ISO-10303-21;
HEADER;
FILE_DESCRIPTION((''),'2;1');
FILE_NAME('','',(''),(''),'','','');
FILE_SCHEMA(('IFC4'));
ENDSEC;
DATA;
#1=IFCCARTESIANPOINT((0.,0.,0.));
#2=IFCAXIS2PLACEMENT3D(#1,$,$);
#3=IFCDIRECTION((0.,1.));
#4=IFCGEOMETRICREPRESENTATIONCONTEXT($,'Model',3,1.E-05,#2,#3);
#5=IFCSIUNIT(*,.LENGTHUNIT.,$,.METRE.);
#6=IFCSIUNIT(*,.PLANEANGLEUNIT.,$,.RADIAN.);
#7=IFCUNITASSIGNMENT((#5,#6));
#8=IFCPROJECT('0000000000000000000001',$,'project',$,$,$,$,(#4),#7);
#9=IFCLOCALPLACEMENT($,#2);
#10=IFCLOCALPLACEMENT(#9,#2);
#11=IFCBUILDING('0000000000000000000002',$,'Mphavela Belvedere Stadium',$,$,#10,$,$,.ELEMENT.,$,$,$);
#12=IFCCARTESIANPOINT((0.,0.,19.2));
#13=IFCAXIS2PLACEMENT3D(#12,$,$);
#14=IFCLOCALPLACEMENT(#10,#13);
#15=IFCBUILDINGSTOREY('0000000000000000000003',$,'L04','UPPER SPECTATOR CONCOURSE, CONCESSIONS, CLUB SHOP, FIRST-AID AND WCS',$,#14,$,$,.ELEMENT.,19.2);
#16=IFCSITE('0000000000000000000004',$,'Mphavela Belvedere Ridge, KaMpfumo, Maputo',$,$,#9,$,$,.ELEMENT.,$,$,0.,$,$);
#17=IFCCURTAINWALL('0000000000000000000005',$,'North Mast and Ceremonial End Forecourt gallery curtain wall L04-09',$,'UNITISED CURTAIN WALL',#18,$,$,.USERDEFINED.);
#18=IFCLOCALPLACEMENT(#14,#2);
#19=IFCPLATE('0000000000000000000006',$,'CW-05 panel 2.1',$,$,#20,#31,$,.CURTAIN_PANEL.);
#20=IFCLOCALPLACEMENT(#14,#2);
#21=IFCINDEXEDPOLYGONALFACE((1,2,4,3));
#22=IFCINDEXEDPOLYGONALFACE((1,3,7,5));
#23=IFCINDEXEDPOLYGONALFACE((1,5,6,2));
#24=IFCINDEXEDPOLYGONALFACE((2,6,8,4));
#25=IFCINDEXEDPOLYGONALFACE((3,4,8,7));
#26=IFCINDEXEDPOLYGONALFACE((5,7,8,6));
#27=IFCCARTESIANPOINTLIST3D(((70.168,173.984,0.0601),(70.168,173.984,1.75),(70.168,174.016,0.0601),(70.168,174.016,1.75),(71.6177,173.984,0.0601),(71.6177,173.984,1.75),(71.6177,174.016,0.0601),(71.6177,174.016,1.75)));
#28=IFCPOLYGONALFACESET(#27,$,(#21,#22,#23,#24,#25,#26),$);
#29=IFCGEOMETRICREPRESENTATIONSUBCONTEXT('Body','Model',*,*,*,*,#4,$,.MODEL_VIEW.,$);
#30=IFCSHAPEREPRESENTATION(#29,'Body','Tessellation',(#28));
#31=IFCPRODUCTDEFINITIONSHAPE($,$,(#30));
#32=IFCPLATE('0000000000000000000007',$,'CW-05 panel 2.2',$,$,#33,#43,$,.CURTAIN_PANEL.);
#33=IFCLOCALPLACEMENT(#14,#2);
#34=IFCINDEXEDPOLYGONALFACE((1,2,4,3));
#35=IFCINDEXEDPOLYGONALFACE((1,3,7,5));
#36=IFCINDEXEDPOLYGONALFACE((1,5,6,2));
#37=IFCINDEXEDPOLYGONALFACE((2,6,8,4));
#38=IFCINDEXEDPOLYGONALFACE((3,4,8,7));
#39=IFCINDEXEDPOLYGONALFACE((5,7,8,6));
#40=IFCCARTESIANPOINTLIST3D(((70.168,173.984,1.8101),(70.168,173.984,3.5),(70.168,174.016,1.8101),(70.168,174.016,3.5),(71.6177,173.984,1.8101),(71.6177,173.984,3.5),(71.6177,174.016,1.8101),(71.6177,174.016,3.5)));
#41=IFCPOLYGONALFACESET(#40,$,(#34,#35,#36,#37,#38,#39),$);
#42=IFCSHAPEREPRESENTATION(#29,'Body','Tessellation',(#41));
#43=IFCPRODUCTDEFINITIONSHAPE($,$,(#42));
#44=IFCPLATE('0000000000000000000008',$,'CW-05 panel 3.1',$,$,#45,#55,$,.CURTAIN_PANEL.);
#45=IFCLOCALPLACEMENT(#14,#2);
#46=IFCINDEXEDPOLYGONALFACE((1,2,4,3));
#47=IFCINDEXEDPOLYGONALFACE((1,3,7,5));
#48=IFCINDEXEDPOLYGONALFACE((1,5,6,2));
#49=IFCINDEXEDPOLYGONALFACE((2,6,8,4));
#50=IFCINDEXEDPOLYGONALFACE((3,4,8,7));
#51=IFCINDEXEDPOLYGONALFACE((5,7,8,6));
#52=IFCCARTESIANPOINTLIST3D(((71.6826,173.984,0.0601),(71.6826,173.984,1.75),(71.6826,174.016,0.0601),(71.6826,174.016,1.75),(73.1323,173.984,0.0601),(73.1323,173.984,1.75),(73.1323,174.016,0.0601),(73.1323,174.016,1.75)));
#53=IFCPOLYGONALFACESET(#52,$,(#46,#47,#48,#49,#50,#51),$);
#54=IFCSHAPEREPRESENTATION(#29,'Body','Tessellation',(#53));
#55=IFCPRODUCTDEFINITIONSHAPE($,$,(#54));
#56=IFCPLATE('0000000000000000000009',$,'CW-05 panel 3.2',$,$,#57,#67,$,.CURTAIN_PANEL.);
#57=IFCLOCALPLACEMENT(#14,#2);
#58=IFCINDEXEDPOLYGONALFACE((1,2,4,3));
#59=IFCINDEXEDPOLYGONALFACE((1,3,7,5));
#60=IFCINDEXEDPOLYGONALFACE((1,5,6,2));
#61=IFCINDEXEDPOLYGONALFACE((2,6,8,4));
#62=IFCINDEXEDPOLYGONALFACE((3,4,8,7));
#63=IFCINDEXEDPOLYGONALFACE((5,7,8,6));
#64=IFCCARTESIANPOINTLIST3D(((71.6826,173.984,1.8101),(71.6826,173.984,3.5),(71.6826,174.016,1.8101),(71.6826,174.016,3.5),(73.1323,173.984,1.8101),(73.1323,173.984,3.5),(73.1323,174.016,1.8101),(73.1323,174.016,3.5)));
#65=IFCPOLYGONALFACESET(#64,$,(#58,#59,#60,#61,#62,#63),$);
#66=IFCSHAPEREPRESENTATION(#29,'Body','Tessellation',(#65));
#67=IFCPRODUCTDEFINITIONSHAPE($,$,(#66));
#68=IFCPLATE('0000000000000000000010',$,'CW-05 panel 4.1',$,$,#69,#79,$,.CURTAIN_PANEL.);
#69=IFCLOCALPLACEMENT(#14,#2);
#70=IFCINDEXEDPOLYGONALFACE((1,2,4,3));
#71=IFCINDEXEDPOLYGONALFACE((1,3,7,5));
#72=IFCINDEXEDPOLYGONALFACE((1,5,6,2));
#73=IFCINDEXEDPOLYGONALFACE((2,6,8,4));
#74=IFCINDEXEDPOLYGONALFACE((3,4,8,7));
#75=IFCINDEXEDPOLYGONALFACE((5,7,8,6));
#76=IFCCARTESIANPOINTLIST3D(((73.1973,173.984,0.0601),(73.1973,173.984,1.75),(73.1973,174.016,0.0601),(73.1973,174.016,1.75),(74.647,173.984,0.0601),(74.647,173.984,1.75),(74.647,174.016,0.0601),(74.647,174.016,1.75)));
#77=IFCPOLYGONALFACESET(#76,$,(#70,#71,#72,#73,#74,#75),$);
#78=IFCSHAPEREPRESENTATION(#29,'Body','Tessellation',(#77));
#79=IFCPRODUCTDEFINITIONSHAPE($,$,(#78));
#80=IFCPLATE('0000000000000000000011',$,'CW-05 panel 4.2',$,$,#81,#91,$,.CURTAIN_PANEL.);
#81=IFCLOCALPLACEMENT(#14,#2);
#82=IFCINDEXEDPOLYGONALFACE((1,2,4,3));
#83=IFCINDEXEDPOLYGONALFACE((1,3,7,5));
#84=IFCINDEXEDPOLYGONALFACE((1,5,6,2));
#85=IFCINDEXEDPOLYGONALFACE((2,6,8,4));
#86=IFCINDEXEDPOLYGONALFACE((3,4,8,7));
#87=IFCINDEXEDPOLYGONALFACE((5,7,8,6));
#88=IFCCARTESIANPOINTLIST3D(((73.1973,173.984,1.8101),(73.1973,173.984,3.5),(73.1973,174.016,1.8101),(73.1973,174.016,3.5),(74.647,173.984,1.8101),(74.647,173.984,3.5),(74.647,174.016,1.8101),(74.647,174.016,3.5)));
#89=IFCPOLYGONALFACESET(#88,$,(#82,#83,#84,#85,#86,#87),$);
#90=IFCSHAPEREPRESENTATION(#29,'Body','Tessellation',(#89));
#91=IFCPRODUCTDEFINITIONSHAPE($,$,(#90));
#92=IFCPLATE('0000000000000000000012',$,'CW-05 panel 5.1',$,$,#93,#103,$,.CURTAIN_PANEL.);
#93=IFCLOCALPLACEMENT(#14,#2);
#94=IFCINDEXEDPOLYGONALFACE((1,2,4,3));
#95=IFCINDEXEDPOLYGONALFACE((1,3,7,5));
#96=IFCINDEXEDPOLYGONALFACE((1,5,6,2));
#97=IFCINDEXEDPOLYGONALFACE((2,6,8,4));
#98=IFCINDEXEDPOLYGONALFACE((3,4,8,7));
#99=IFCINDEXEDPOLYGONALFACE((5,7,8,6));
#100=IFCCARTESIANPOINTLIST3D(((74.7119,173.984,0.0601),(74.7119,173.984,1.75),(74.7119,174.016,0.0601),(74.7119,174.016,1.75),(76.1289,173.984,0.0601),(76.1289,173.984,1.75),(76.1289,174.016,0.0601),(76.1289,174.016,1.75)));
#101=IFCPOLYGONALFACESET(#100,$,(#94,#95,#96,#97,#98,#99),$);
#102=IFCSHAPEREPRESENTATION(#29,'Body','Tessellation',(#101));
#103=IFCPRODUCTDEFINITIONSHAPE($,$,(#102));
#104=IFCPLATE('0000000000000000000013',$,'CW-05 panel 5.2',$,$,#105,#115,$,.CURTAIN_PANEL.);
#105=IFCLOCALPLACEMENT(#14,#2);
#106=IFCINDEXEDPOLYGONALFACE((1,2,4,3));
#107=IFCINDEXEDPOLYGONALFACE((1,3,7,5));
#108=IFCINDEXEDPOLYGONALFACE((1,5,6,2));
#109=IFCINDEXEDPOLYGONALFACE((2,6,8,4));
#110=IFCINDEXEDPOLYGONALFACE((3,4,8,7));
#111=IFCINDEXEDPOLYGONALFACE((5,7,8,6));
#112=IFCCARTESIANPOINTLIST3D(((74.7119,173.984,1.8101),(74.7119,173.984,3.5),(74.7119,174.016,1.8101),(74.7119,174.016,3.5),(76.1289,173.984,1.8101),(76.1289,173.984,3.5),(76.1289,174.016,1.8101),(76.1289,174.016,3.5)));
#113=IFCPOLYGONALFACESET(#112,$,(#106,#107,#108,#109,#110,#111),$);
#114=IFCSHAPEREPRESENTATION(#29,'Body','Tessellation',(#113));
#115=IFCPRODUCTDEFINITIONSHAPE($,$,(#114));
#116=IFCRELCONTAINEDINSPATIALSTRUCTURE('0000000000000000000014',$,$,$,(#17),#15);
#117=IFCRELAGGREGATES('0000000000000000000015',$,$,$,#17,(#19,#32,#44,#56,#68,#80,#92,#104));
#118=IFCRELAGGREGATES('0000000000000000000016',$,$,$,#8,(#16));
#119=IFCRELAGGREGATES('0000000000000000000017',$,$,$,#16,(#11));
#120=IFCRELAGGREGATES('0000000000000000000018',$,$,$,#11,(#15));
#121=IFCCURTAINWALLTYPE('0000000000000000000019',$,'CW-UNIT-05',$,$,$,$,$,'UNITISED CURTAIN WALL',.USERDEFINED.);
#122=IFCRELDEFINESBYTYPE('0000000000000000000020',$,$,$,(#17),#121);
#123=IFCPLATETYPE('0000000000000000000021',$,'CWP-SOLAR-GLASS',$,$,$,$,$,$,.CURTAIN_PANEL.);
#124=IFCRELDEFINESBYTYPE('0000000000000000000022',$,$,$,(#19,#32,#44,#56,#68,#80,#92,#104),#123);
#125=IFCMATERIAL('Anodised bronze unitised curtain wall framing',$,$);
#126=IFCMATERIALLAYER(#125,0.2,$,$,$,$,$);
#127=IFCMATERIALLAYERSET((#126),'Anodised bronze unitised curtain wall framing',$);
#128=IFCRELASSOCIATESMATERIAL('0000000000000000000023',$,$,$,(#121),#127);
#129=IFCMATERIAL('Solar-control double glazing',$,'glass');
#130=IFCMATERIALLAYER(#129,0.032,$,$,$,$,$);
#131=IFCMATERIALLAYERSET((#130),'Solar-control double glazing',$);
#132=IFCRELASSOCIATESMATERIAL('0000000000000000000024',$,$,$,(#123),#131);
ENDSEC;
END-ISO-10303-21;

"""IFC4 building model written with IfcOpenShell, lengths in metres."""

from ifc_helpers import new_model, si_unit, direction, frame, origin, origin_2d, place, context, subcontext, project, spatial, rectangle, extrude, material, layer, layer_set, type_object, element, aggregate, save


model = new_model("IFC4")

# Units and contexts
model_context = context("Model", 3, precision=1e-05, world=origin(), true_north=direction((0.0, 1.0)))
body_context = subcontext(model_context, "Body", "Model", "MODEL_VIEW")
ifc_project = project(units=[si_unit("LENGTHUNIT", "METRE"), si_unit("PLANEANGLEUNIT", "RADIAN")], contexts=[model_context])

# Site, building, storey
site_placement = place(None, origin())
site = spatial("IfcSite", under=ifc_project, at=site_placement, Name="Mphavela Belvedere Ridge, KaMpfumo, Maputo", CompositionType="ELEMENT", RefElevation=0.0)
building_placement = place(site_placement, origin())
building = spatial("IfcBuilding", under=site, at=building_placement, Name="Mphavela Belvedere Stadium", CompositionType="ELEMENT")
storey_placement = place(building_placement, frame((0.0, 0.0, 19.2)))
storey = spatial("IfcBuildingStorey", under=building, at=storey_placement, Name="L04", Description="UPPER SPECTATOR CONCOURSE, CONCESSIONS, CLUB SHOP, FIRST-AID AND WCS", CompositionType="ELEMENT", Elevation=19.2)

# Curtain wall, plates
ifc_material_1 = material(Name="Anodised bronze unitised curtain wall framing")
ifc_layer_1 = layer(ifc_material_1, 0.2)
ifc_layer_set_1 = layer_set([ifc_layer_1], Name="Anodised bronze unitised curtain wall framing")
curtain_wall_type = type_object("IfcCurtainWallType", Name="CW-UNIT-05", ElementType="UNITISED CURTAIN WALL", PredefinedType="USERDEFINED", material=ifc_layer_set_1)
curtain_wall_placement = place(storey_placement, origin())
curtain_wall = element("IfcCurtainWall", 1, at=curtain_wall_placement, inside=storey, type_object=curtain_wall_type, Name="North Mast and Ceremonial End Forecourt gallery curtain wall L04-09", ObjectType="UNITISED CURTAIN WALL", PredefinedType="USERDEFINED")
ifc_material_2 = material(Name="Solar-control double glazing", Category="glass")
ifc_layer_2 = layer(ifc_material_2, 0.032)
ifc_layer_set_2 = layer_set([ifc_layer_2], Name="Solar-control double glazing")
plate_type = type_object("IfcPlateType", Name="CWP-SOLAR-GLASS", PredefinedType="CURTAIN_PANEL", material=ifc_layer_set_2)
plate_1_placement = place(storey_placement, frame((70.8928, 174.0, 0.0601), z_axis=(0.0, 0.0, 1.0), x_axis=(1.0, 0.0, 0.0)))
plate_1 = element("IfcPlate", 2, at=plate_1_placement, type_object=plate_type, Name="CW-05 panel 2.1", PredefinedType="CURTAIN_PANEL", context=body_context, shape_type="SweptSolid", body=[
    extrude(rectangle(XDim=1.4497, YDim=0.032, at=origin_2d()), origin(), (0.0, 0.0, 1.0), 1.6899),
])
plate_2_placement = place(storey_placement, frame((70.8928, 174.0, 1.8101), z_axis=(0.0, 0.0, 1.0), x_axis=(1.0, 0.0, 0.0)))
plate_2 = element("IfcPlate", 3, at=plate_2_placement, type_object=plate_type, Name="CW-05 panel 2.2", PredefinedType="CURTAIN_PANEL", context=body_context, shape_type="SweptSolid", body=[
    extrude(rectangle(XDim=1.4497, YDim=0.032, at=origin_2d()), origin(), (0.0, 0.0, 1.0), 1.6899),
])
plate_3_placement = place(storey_placement, frame((72.4075, 174.0, 0.0601), z_axis=(0.0, 0.0, 1.0), x_axis=(1.0, 0.0, 0.0)))
plate_3 = element("IfcPlate", 4, at=plate_3_placement, type_object=plate_type, Name="CW-05 panel 3.1", PredefinedType="CURTAIN_PANEL", context=body_context, shape_type="SweptSolid", body=[
    extrude(rectangle(XDim=1.4497, YDim=0.032, at=origin_2d()), origin(), (0.0, 0.0, 1.0), 1.6899),
])
plate_4_placement = place(storey_placement, frame((72.4075, 174.0, 1.8101), z_axis=(0.0, 0.0, 1.0), x_axis=(1.0, 0.0, 0.0)))
plate_4 = element("IfcPlate", 5, at=plate_4_placement, type_object=plate_type, Name="CW-05 panel 3.2", PredefinedType="CURTAIN_PANEL", context=body_context, shape_type="SweptSolid", body=[
    extrude(rectangle(XDim=1.4497, YDim=0.032, at=origin_2d()), origin(), (0.0, 0.0, 1.0), 1.6899),
])
plate_5_placement = place(storey_placement, frame((73.9221, 174.0, 0.0601), z_axis=(0.0, 0.0, 1.0), x_axis=(1.0, 0.0, 0.0)))
plate_5 = element("IfcPlate", 6, at=plate_5_placement, type_object=plate_type, Name="CW-05 panel 4.1", PredefinedType="CURTAIN_PANEL", context=body_context, shape_type="SweptSolid", body=[
    extrude(rectangle(XDim=1.4497, YDim=0.032, at=origin_2d()), origin(), (0.0, 0.0, 1.0), 1.6899),
])
plate_6_placement = place(storey_placement, frame((73.9221, 174.0, 1.8101), z_axis=(0.0, 0.0, 1.0), x_axis=(1.0, 0.0, 0.0)))
plate_6 = element("IfcPlate", 7, at=plate_6_placement, type_object=plate_type, Name="CW-05 panel 4.2", PredefinedType="CURTAIN_PANEL", context=body_context, shape_type="SweptSolid", body=[
    extrude(rectangle(XDim=1.4497, YDim=0.032, at=origin_2d()), origin(), (0.0, 0.0, 1.0), 1.6899),
])
plate_7_placement = place(storey_placement, frame((75.4204, 174.0, 0.0601), z_axis=(0.0, 0.0, 1.0), x_axis=(1.0, 0.0, 0.0)))
plate_7 = element("IfcPlate", 8, at=plate_7_placement, type_object=plate_type, Name="CW-05 panel 5.1", PredefinedType="CURTAIN_PANEL", context=body_context, shape_type="SweptSolid", body=[
    extrude(rectangle(XDim=1.417, YDim=0.032, at=origin_2d()), origin(), (0.0, 0.0, 1.0), 1.6899),
])
plate_8_placement = place(storey_placement, frame((75.4204, 174.0, 1.8101), z_axis=(0.0, 0.0, 1.0), x_axis=(1.0, 0.0, 0.0)))
plate_8 = element("IfcPlate", 9, at=plate_8_placement, type_object=plate_type, Name="CW-05 panel 5.2", PredefinedType="CURTAIN_PANEL", context=body_context, shape_type="SweptSolid", body=[
    extrude(rectangle(XDim=1.417, YDim=0.032, at=origin_2d()), origin(), (0.0, 0.0, 1.0), 1.6899),
])
aggregate(curtain_wall, [plate_1, plate_2, plate_3, plate_4, plate_5, plate_6, plate_7, plate_8])

save(model, "model.ifc")
